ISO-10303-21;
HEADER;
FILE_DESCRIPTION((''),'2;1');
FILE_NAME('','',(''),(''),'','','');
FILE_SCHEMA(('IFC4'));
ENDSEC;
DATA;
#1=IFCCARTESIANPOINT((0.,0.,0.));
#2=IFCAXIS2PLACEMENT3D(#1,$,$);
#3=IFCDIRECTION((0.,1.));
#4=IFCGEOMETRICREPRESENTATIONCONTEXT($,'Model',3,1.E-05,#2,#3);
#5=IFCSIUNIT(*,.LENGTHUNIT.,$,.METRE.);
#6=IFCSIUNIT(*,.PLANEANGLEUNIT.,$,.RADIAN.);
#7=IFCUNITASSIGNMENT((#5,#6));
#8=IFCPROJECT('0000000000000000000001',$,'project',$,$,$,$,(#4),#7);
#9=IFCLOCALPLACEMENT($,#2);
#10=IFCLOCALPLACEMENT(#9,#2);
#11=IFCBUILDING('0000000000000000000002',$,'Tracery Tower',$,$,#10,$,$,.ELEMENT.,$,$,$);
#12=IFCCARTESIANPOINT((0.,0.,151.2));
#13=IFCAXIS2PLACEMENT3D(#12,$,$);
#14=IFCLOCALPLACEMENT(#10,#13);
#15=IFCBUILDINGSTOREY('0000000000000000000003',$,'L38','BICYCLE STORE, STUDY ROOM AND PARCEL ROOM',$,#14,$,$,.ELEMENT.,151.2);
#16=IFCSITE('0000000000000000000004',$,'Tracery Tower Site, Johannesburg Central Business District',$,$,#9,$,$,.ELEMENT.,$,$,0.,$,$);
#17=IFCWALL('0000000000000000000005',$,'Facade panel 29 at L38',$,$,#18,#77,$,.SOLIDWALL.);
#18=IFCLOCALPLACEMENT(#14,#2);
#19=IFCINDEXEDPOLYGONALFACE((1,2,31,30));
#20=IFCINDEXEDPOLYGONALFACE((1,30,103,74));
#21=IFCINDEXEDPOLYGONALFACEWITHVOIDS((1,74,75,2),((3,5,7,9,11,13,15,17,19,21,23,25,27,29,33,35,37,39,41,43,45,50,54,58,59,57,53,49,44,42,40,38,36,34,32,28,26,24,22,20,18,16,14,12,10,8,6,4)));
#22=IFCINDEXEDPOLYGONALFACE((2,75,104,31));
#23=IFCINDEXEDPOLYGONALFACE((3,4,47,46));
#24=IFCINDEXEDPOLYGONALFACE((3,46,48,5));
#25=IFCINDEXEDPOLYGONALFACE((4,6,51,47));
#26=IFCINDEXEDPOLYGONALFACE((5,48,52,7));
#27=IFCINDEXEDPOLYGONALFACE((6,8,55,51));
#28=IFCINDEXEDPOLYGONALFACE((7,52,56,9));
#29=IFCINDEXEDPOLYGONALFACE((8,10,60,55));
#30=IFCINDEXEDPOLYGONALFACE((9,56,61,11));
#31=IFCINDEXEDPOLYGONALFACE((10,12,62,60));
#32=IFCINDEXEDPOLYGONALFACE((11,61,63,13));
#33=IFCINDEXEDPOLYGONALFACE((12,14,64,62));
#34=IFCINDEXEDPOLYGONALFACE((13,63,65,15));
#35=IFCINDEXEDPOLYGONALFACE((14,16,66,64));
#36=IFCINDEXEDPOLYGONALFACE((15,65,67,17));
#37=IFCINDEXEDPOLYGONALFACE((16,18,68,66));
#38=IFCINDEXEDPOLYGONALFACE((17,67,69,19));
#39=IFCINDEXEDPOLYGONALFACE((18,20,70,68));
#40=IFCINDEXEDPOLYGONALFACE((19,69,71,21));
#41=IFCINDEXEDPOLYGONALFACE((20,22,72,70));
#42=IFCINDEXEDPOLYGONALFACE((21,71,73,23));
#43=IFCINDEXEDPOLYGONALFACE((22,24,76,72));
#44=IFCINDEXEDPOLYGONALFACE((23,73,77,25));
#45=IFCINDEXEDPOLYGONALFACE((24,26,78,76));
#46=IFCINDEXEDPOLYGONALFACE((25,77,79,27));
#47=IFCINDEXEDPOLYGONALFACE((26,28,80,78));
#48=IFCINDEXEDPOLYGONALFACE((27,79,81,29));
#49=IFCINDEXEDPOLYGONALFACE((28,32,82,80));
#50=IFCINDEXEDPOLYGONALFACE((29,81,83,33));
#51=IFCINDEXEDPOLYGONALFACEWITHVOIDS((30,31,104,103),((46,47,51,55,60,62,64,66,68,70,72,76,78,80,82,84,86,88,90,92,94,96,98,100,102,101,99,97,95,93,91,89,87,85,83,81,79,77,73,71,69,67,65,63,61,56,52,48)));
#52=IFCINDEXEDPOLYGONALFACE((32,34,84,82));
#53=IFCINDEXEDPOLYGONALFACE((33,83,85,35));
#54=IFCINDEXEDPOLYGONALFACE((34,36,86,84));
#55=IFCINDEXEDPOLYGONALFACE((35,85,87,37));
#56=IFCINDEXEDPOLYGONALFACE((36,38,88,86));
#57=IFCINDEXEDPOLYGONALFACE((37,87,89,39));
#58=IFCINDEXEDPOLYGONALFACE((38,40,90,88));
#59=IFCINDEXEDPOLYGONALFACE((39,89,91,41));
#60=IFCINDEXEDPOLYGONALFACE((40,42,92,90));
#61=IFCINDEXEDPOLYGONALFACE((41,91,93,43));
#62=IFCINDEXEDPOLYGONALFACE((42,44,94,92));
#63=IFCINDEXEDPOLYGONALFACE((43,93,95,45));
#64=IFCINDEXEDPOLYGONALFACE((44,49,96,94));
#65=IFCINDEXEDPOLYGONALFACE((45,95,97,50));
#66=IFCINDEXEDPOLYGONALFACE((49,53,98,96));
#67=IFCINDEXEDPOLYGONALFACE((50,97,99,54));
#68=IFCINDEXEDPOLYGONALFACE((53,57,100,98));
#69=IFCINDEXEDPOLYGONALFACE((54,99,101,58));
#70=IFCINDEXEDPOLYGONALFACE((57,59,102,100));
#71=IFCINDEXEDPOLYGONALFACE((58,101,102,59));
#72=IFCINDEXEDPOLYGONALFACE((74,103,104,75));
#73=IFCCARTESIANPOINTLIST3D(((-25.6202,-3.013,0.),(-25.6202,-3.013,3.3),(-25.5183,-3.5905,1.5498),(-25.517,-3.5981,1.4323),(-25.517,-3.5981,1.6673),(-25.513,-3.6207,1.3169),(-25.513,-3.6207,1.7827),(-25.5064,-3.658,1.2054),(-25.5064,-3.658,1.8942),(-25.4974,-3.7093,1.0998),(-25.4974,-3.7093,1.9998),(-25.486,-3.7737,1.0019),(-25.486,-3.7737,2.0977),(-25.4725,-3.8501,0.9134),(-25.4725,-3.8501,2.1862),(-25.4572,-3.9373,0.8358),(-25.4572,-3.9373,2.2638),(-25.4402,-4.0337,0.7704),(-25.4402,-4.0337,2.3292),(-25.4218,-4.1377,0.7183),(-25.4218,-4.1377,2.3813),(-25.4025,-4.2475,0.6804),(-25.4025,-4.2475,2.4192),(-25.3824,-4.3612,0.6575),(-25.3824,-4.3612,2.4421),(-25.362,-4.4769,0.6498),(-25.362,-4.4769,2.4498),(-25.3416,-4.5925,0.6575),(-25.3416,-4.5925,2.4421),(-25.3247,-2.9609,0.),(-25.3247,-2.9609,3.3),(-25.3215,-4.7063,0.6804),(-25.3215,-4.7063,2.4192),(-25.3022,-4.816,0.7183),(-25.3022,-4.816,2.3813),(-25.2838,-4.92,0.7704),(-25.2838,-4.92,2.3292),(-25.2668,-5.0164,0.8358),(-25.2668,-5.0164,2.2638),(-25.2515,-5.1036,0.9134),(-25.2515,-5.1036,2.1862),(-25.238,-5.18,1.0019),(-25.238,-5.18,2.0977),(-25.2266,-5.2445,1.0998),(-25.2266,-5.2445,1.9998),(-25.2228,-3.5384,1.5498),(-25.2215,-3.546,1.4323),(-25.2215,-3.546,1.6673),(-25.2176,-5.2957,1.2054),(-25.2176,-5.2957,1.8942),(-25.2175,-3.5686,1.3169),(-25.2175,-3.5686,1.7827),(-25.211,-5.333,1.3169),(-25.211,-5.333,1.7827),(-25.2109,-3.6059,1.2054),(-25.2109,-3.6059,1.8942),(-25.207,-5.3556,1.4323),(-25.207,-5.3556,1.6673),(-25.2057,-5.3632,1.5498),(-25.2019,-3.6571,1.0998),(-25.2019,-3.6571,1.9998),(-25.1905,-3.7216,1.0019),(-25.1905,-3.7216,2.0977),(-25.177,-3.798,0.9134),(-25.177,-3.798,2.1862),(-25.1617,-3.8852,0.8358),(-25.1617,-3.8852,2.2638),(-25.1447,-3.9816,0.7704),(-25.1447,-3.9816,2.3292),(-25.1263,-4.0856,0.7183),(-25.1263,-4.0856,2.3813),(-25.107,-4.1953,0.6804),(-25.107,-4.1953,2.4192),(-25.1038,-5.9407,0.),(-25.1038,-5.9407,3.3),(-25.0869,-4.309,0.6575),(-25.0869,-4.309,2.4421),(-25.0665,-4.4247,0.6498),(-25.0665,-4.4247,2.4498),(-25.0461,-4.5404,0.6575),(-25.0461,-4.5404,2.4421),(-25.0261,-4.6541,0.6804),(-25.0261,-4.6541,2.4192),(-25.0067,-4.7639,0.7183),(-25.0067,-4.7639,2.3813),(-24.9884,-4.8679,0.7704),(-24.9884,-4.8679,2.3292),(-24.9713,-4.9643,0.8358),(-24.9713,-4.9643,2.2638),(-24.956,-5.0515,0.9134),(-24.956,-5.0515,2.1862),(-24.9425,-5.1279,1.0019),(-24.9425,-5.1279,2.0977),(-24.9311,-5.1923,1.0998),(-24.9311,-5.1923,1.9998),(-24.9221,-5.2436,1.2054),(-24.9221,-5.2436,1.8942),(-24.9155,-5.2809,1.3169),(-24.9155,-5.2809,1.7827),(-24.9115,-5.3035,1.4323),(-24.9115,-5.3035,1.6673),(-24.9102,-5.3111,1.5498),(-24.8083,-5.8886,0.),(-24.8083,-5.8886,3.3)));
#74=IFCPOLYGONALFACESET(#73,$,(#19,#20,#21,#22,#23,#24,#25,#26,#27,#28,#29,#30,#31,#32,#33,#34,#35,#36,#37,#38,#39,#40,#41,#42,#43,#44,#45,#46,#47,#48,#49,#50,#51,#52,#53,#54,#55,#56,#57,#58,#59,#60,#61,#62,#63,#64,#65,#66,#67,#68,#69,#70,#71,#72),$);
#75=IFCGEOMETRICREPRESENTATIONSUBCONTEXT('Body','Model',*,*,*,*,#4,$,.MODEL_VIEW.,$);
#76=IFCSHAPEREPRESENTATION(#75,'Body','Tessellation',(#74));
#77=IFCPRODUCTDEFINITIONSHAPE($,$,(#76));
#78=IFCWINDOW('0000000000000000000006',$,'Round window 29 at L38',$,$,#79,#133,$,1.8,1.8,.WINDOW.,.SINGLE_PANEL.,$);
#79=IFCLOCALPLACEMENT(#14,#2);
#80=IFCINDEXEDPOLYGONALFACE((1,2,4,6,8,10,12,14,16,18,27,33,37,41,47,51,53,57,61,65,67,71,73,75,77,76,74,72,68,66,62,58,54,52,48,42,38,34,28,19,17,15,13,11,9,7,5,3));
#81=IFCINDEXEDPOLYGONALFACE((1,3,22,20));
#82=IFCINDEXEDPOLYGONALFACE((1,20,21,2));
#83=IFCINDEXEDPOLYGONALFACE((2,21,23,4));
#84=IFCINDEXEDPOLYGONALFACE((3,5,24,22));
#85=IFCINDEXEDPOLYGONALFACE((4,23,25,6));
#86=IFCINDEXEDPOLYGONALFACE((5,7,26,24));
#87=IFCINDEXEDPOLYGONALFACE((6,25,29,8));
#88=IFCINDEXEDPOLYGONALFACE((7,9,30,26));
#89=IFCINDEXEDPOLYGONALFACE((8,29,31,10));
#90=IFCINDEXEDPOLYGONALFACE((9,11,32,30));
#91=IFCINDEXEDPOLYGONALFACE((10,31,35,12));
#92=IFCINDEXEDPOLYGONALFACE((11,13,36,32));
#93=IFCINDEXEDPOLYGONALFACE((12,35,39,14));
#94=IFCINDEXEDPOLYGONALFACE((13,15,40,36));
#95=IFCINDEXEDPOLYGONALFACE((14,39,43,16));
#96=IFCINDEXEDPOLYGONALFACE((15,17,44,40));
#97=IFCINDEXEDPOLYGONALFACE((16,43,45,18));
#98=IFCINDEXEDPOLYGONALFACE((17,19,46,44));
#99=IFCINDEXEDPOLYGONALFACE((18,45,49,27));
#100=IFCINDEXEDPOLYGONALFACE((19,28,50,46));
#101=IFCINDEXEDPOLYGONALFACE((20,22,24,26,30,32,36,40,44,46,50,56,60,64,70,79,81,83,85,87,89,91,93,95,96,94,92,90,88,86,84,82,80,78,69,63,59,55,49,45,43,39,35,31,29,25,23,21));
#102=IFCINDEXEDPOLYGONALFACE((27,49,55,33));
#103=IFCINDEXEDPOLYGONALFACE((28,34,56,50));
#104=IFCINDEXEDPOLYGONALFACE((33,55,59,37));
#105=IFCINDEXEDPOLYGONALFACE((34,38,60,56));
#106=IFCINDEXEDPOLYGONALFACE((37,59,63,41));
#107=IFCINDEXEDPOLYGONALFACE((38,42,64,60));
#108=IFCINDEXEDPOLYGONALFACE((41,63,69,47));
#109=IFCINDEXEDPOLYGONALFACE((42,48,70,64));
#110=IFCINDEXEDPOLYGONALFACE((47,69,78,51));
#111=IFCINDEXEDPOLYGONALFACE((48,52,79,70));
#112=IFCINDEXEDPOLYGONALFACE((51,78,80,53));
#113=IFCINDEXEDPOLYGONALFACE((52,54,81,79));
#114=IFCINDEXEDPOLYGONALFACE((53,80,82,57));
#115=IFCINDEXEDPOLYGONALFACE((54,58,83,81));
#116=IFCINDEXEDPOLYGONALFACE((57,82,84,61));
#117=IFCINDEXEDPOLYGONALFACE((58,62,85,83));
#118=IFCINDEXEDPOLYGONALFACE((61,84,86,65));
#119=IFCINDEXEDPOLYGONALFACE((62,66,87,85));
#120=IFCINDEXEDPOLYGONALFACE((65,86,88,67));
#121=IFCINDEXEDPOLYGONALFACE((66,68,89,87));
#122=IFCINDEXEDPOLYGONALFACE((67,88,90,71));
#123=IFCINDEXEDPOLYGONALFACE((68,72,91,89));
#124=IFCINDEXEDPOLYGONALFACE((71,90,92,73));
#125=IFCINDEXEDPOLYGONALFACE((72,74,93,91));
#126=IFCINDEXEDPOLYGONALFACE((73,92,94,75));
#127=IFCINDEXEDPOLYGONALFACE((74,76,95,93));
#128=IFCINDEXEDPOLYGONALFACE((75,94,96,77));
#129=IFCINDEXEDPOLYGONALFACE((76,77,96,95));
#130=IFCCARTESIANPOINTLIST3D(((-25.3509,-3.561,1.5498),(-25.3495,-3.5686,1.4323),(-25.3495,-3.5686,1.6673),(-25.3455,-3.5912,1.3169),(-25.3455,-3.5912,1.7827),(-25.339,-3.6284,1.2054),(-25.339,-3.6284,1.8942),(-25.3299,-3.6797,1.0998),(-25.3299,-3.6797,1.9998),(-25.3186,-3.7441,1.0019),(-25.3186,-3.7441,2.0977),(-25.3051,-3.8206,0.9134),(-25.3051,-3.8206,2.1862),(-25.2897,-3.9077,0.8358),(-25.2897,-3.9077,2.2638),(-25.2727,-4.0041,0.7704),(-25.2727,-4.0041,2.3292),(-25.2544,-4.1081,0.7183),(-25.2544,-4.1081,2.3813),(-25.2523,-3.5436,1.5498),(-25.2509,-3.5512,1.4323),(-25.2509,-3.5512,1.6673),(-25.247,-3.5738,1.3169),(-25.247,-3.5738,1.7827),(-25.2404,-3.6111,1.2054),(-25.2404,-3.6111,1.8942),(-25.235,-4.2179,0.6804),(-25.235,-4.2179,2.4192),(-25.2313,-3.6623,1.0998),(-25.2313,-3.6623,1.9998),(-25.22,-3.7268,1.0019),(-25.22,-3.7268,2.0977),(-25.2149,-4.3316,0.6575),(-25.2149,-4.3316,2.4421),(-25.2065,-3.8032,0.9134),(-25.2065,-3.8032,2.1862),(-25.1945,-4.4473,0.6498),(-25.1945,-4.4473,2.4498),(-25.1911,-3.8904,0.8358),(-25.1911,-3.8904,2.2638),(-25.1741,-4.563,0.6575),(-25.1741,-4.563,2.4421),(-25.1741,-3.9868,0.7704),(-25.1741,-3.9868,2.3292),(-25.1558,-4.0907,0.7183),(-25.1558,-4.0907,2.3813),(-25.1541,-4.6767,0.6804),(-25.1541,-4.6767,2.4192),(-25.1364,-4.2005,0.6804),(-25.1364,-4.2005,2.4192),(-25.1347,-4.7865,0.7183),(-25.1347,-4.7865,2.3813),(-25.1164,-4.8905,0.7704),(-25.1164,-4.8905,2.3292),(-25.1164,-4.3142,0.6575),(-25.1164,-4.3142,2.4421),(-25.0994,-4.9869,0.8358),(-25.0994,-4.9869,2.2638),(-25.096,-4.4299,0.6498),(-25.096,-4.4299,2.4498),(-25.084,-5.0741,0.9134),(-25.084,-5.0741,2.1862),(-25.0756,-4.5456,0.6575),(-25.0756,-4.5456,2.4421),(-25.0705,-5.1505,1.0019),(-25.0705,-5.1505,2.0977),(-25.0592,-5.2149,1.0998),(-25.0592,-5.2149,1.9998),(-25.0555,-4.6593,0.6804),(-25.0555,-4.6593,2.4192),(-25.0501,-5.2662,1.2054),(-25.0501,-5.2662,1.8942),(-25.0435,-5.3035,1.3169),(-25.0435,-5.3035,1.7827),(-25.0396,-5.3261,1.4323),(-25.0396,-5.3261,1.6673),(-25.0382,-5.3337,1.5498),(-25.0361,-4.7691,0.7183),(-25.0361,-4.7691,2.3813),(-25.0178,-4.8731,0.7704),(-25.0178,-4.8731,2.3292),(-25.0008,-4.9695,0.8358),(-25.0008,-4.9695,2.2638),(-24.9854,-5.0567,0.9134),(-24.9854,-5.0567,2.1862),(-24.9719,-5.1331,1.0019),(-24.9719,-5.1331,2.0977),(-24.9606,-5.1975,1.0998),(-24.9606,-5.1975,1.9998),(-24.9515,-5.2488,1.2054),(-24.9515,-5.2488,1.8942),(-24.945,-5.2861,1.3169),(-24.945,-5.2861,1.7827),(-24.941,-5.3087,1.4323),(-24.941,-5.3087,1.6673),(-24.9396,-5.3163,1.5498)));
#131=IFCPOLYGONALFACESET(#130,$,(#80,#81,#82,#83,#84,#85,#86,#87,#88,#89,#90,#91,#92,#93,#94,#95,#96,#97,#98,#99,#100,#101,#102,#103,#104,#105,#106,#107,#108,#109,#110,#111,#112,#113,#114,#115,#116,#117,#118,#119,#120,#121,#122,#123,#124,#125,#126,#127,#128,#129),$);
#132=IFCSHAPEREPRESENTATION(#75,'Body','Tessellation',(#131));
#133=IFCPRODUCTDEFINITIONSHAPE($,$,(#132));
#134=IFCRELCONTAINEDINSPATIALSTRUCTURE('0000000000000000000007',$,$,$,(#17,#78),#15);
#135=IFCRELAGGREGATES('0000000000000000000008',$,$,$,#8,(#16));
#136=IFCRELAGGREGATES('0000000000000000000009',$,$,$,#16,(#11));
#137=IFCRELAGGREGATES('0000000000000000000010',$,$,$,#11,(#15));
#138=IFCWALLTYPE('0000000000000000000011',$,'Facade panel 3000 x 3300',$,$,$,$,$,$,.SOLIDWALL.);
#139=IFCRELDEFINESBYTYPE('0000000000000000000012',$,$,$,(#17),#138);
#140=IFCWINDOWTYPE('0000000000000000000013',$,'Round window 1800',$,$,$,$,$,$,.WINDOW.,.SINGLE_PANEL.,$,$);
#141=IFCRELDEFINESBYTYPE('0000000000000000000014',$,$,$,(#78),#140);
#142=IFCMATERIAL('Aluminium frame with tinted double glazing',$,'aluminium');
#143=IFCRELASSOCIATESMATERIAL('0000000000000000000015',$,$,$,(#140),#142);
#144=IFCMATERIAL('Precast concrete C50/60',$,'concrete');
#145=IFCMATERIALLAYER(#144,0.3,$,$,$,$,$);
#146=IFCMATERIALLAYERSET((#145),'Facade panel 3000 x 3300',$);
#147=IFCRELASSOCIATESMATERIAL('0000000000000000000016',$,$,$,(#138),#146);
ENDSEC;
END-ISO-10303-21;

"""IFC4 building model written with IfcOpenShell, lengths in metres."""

from ifc_helpers import new_model, si_unit, direction, frame, frame_2d, origin, origin_2d, place, context, subcontext, project, spatial, rectangle, circle, extrude, material, layer, layer_set, type_object, element, fill, save


model = new_model("IFC4")

# Units and contexts
model_context = context("Model", 3, precision=1e-05, world=origin(), true_north=direction((0.0, 1.0)))
body_context = subcontext(model_context, "Body", "Model", "MODEL_VIEW")
ifc_project = project(units=[si_unit("LENGTHUNIT", "METRE"), si_unit("PLANEANGLEUNIT", "RADIAN")], contexts=[model_context])

# Site, building, storey
site_placement = place(None, origin())
site = spatial("IfcSite", under=ifc_project, at=site_placement, Name="Tracery Tower Site, Johannesburg Central Business District", CompositionType="ELEMENT", RefElevation=0.0)
building_placement = place(site_placement, origin())
building = spatial("IfcBuilding", under=site, at=building_placement, Name="Tracery Tower", CompositionType="ELEMENT")
storey_placement = place(building_placement, frame((0.0, 0.0, 151.2)))
storey = spatial("IfcBuildingStorey", under=building, at=storey_placement, Name="L38", Description="BICYCLE STORE, STUDY ROOM AND PARCEL ROOM", CompositionType="ELEMENT", Elevation=151.2)

# Wall, opening, window
ifc_material_1 = material(Name="Aluminium frame with tinted double glazing", Category="aluminium")
window_type = type_object("IfcWindowType", Name="Round window 1800", PartitioningType="SINGLE_PANEL", PredefinedType="WINDOW", material=ifc_material_1)
ifc_material_2 = material(Name="Precast concrete C50/60", Category="concrete")
ifc_layer_1 = layer(ifc_material_2, 0.3)
ifc_layer_set_1 = layer_set([ifc_layer_1], Name="Facade panel 3000 x 3300")
wall_type_1 = type_object("IfcWallType", Name="Facade panel 3000 x 3300", PredefinedType="SOLIDWALL", material=ifc_layer_set_1)
wall_1_placement = place(storey_placement, frame((-25.4724, -2.9871, 0.0), z_axis=(0.0, 0.0, 1.0), x_axis=(0.173687, -0.984801, 0.0)))
wall_1 = element("IfcWall", 1, at=wall_1_placement, inside=storey, type_object=wall_type_1, Name="Facade panel 29 at L38", PredefinedType="SOLIDWALL", context=body_context, shape_type="SweptSolid", body=[
    extrude(rectangle(XDim=2.9729, YDim=0.3, at=frame_2d((1.4863, 0.0))), origin(), (0.0, 0.0, 1.0), 3.3),
])
opening_1_placement = place(wall_1_placement, frame((1.4863, 0.0, 1.5498)))
opening_1 = element("IfcOpeningElement", 2, at=opening_1_placement, cuts=wall_1, PredefinedType="OPENING", context=body_context, shape_type="SweptSolid", body=[
    extrude(circle(Radius=0.9, at=origin_2d()), frame((0.0, 0.1599, 0.0), z_axis=(0.0, -1.0, 0.0), x_axis=(1.0, 0.0, 0.0)), (0.0, 0.0, 1.0), 0.3201),
])
window_1_placement = place(opening_1_placement, origin())
window_1 = element("IfcWindow", 3, at=window_1_placement, inside=storey, type_object=window_type, Name="Round window 29 at L38", OverallHeight=1.8, OverallWidth=1.8, PartitioningType="SINGLE_PANEL", PredefinedType="WINDOW", context=body_context, shape_type="SweptSolid", body=[
    extrude(circle(Radius=0.9, at=origin_2d()), frame((0.0, 0.1201, 0.0), z_axis=(0.0, -1.0, 0.0), x_axis=(1.0, 0.0, 0.0)), (0.0, 0.0, 1.0), 0.1001),
])
fill(opening_1, window_1)

save(model, "model.ifc")
